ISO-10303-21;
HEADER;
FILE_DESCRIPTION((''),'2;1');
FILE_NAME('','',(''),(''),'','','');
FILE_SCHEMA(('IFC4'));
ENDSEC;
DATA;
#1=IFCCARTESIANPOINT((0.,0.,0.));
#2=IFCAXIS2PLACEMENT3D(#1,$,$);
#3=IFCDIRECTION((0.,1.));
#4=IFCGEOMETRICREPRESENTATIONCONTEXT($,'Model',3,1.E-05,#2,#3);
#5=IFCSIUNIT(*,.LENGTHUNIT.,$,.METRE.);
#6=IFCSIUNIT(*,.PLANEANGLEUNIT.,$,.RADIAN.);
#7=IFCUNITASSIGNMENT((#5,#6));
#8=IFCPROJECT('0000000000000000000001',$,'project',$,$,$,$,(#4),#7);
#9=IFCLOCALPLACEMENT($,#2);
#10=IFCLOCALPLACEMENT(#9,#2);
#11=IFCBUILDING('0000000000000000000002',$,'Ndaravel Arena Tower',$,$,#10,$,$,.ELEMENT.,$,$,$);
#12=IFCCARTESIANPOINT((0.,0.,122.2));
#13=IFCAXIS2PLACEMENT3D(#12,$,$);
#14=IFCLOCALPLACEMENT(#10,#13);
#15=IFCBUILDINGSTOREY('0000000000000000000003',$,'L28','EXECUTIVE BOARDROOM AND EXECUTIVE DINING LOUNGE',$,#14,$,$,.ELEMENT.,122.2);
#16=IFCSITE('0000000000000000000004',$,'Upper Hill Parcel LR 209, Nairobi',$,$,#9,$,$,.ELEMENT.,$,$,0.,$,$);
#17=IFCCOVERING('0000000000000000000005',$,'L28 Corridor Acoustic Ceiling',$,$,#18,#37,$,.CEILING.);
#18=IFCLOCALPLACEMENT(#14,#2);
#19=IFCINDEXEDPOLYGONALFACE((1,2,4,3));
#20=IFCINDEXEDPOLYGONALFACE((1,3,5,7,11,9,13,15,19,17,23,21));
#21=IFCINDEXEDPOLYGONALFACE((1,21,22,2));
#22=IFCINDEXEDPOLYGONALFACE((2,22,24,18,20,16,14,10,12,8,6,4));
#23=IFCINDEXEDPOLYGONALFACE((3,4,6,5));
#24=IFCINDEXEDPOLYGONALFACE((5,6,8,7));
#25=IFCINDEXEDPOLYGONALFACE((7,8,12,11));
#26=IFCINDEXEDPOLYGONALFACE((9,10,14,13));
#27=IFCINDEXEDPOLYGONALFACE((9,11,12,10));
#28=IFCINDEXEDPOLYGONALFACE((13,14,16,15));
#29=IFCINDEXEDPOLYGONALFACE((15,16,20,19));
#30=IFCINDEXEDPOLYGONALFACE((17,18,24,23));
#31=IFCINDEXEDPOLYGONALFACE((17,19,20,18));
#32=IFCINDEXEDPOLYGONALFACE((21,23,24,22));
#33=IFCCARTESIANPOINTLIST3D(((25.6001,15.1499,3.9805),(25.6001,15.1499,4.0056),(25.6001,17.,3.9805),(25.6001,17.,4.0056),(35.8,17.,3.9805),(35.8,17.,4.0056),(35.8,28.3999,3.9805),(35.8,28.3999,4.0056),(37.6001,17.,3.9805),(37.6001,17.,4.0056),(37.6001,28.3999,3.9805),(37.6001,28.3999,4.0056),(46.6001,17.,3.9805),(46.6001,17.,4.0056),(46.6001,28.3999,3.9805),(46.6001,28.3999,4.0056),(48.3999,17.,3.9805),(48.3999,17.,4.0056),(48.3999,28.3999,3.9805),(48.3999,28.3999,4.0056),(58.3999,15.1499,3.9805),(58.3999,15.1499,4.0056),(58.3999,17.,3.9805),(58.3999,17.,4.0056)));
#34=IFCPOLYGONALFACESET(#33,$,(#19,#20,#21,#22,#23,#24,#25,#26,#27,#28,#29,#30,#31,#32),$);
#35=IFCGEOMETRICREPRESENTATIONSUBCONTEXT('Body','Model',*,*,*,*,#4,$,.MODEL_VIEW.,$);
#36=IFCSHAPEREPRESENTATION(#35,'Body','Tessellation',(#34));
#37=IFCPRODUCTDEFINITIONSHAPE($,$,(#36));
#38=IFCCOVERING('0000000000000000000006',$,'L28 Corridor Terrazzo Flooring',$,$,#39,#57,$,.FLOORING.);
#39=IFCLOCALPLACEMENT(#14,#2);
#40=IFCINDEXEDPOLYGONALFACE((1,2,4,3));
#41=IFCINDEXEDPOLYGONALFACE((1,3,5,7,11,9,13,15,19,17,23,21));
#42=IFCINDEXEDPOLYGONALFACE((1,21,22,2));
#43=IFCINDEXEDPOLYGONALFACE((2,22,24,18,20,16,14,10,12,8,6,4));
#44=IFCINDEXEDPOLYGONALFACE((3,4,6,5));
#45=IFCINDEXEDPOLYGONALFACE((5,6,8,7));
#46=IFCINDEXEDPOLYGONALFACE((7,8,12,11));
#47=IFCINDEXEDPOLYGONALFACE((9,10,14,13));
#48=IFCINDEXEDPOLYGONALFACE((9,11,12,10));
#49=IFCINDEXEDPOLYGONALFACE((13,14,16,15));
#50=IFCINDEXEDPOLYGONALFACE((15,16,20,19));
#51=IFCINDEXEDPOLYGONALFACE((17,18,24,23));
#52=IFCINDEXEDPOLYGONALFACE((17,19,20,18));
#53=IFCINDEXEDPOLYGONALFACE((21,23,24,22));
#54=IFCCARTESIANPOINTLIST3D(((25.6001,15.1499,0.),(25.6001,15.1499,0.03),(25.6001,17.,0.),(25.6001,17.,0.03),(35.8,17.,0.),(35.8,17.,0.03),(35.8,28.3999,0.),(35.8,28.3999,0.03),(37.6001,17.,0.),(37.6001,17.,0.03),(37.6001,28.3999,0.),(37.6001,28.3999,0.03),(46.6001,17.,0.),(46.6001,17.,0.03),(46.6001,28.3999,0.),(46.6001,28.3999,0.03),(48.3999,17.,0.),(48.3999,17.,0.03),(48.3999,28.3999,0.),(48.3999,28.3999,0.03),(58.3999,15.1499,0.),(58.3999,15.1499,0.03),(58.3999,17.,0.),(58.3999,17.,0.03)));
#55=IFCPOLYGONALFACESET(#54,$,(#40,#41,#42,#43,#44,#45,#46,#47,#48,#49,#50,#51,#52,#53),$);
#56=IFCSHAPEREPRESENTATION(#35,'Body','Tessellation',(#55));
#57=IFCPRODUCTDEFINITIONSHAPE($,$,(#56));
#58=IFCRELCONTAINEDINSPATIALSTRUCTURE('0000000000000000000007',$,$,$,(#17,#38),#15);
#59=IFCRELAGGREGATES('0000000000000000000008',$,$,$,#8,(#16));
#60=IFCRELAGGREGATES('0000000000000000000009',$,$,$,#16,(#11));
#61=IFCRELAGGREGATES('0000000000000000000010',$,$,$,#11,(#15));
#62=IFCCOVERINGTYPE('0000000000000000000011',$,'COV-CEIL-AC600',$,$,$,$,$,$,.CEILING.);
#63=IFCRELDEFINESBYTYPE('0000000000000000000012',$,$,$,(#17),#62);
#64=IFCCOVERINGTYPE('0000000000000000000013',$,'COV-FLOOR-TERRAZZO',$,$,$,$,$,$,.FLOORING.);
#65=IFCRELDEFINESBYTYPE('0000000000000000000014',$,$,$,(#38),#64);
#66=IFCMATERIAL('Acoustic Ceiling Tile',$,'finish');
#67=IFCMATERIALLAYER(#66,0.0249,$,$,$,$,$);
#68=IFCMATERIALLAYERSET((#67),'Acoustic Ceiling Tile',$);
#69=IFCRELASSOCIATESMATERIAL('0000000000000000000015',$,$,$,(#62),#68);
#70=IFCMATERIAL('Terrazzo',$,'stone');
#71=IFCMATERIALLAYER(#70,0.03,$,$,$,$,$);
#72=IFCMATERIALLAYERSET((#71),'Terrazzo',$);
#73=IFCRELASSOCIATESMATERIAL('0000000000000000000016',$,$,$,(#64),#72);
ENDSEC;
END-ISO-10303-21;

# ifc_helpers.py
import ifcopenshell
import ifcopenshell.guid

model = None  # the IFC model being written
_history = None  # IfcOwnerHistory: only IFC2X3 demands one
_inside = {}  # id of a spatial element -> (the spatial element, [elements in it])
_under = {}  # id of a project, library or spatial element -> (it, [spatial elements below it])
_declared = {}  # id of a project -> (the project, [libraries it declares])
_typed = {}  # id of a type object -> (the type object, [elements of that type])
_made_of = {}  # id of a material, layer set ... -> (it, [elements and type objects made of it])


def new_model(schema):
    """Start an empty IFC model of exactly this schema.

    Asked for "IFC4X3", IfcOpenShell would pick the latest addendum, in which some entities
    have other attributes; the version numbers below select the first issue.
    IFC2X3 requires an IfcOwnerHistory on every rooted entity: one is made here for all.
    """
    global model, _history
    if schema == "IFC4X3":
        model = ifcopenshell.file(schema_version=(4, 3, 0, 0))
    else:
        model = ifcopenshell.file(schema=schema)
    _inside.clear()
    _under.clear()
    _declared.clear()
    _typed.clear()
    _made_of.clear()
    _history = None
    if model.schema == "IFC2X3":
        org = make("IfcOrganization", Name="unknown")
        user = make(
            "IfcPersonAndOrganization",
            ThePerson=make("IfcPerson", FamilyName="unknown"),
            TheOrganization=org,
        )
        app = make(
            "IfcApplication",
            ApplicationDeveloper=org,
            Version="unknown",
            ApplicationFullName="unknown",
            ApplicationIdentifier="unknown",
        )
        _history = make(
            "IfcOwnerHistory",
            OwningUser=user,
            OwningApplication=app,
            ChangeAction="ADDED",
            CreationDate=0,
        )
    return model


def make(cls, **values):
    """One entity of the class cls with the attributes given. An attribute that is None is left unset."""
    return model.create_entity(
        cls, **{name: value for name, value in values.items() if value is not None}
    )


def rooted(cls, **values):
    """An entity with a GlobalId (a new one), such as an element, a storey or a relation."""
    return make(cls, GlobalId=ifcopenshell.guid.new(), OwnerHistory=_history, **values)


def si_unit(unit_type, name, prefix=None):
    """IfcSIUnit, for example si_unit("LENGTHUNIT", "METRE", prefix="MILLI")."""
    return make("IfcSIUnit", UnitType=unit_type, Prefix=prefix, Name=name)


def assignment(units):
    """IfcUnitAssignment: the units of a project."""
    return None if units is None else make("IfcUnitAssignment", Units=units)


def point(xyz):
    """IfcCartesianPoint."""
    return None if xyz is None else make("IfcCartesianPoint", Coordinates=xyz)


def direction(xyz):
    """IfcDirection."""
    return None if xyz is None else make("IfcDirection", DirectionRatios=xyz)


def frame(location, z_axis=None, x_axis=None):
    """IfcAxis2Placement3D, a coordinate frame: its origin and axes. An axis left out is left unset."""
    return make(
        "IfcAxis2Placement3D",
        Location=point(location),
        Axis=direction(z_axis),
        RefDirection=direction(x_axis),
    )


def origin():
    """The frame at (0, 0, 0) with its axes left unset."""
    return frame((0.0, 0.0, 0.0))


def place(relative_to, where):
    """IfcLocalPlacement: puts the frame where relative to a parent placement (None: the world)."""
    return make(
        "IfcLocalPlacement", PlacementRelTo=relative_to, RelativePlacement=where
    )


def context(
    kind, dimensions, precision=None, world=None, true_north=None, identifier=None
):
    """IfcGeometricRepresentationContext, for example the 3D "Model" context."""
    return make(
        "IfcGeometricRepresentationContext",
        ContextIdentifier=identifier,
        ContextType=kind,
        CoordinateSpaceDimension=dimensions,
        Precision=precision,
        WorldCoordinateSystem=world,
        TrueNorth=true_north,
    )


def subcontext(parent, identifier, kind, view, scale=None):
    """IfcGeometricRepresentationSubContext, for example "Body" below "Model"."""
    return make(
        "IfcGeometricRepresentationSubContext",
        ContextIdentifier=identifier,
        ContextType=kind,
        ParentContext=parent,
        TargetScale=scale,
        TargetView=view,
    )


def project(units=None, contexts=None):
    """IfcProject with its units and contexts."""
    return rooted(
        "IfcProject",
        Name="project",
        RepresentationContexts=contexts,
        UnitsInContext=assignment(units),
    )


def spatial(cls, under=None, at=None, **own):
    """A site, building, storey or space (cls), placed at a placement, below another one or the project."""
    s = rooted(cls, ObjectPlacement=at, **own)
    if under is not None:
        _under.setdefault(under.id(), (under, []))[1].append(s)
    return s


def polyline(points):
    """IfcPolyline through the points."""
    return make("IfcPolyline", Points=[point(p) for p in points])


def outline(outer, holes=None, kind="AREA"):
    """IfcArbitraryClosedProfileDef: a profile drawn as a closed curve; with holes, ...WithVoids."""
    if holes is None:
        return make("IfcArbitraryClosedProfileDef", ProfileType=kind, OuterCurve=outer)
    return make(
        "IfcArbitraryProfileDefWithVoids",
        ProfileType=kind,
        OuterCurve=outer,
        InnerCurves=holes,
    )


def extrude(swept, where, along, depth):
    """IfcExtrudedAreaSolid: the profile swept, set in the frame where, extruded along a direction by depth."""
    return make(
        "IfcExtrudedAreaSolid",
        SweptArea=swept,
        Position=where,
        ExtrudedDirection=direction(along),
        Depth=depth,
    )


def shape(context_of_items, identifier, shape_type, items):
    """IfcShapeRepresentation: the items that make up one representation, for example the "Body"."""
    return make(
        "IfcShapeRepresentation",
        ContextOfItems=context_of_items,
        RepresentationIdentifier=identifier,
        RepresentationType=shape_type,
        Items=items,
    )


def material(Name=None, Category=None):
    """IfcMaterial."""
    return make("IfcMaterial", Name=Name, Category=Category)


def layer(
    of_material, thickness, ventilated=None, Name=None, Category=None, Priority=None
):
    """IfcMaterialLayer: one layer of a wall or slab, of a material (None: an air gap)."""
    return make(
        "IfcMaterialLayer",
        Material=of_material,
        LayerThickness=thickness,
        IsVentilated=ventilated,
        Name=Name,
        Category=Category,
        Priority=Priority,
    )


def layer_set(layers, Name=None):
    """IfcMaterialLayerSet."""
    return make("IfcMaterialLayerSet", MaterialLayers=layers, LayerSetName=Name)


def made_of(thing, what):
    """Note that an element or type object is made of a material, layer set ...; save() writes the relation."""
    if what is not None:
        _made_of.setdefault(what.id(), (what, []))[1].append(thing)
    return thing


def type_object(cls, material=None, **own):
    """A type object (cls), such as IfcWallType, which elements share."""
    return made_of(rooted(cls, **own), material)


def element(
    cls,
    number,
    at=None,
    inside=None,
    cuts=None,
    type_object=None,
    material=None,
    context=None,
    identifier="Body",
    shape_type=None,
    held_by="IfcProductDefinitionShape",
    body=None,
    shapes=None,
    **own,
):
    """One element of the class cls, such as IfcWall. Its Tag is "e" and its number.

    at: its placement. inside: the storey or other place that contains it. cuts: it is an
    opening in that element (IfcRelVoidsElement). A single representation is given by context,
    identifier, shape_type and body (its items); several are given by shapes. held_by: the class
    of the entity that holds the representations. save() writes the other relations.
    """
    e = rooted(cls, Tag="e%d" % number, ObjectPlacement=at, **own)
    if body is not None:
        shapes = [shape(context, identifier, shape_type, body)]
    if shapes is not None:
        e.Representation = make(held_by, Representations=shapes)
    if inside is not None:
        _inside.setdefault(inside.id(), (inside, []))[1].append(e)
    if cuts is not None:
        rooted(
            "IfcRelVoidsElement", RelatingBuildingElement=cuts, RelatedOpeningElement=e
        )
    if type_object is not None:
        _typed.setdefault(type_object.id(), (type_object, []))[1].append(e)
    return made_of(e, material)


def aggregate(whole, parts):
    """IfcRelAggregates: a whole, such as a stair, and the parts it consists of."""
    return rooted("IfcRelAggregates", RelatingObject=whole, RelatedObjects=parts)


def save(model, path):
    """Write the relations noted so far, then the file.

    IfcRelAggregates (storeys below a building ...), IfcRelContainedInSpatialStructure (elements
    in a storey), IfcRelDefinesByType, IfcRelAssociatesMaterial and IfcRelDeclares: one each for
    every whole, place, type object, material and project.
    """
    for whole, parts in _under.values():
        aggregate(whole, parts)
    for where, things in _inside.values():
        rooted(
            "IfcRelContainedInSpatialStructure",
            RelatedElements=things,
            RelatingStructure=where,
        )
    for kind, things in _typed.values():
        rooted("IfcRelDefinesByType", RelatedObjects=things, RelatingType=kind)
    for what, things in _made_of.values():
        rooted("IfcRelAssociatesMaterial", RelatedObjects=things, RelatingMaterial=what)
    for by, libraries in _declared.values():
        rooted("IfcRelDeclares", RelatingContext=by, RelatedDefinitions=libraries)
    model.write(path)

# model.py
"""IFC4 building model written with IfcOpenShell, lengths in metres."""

from ifc_helpers import new_model, si_unit, direction, frame, origin, place, context, subcontext, project, spatial, polyline, outline, extrude, material, layer, layer_set, type_object, element, save


model = new_model("IFC4")

# Units and contexts
model_context = context("Model", 3, precision=1e-05, world=origin(), true_north=direction((0.0, 1.0)))
body_context = subcontext(model_context, "Body", "Model", "MODEL_VIEW")
ifc_project = project(units=[si_unit("LENGTHUNIT", "METRE"), si_unit("PLANEANGLEUNIT", "RADIAN")], contexts=[model_context])

# Site, building, storey
site_placement = place(None, origin())
site = spatial("IfcSite", under=ifc_project, at=site_placement, Name="Upper Hill Parcel LR 209, Nairobi", CompositionType="ELEMENT", RefElevation=0.0)
building_placement = place(site_placement, origin())
building = spatial("IfcBuilding", under=site, at=building_placement, Name="Ndaravel Arena Tower", CompositionType="ELEMENT")
storey_placement = place(building_placement, frame((0.0, 0.0, 122.2)))
storey = spatial("IfcBuildingStorey", under=building, at=storey_placement, Name="L28", Description="EXECUTIVE BOARDROOM AND EXECUTIVE DINING LOUNGE", CompositionType="ELEMENT", Elevation=122.2)

# Coverings
ifc_material_1 = material(Name="Acoustic Ceiling Tile", Category="finish")
ifc_layer_1 = layer(ifc_material_1, 0.0249)
ifc_layer_set_1 = layer_set([ifc_layer_1], Name="Acoustic Ceiling Tile")
covering_type_1 = type_object("IfcCoveringType", Name="COV-CEIL-AC600", PredefinedType="CEILING", material=ifc_layer_set_1)
covering_1_placement = place(storey_placement, frame((0.0, 0.0, 3.9805)))
element("IfcCovering", 1, at=covering_1_placement, inside=storey, type_object=covering_type_1, Name="L28 Corridor Acoustic Ceiling", PredefinedType="CEILING", context=body_context, shape_type="SweptSolid", body=[
    extrude(outline(polyline([(58.3999, 17.0), (48.3999, 17.0), (48.3999, 28.3999), (46.6001, 28.3999), (46.6001, 17.0), (37.6001, 17.0), (37.6001, 28.3999), (35.8, 28.3999), (35.8, 17.0), (25.6001, 17.0), (25.6001, 15.1499), (58.3999, 15.1499), (58.3999, 17.0)])), origin(), (0.0, 0.0, 1.0), 0.0251),
])
ifc_material_2 = material(Name="Terrazzo", Category="stone")
ifc_layer_2 = layer(ifc_material_2, 0.03)
ifc_layer_set_2 = layer_set([ifc_layer_2], Name="Terrazzo")
covering_type_2 = type_object("IfcCoveringType", Name="COV-FLOOR-TERRAZZO", PredefinedType="FLOORING", material=ifc_layer_set_2)
covering_2_placement = place(storey_placement, origin())
element("IfcCovering", 2, at=covering_2_placement, inside=storey, type_object=covering_type_2, Name="L28 Corridor Terrazzo Flooring", PredefinedType="FLOORING", context=body_context, shape_type="SweptSolid", body=[
    extrude(outline(polyline([(58.3999, 17.0), (48.3999, 17.0), (48.3999, 28.3999), (46.6001, 28.3999), (46.6001, 17.0), (37.6001, 17.0), (37.6001, 28.3999), (35.8, 28.3999), (35.8, 17.0), (25.6001, 17.0), (25.6001, 15.1499), (58.3999, 15.1499), (58.3999, 17.0)])), origin(), (0.0, 0.0, 1.0), 0.03),
])

save(model, "model.ifc")
